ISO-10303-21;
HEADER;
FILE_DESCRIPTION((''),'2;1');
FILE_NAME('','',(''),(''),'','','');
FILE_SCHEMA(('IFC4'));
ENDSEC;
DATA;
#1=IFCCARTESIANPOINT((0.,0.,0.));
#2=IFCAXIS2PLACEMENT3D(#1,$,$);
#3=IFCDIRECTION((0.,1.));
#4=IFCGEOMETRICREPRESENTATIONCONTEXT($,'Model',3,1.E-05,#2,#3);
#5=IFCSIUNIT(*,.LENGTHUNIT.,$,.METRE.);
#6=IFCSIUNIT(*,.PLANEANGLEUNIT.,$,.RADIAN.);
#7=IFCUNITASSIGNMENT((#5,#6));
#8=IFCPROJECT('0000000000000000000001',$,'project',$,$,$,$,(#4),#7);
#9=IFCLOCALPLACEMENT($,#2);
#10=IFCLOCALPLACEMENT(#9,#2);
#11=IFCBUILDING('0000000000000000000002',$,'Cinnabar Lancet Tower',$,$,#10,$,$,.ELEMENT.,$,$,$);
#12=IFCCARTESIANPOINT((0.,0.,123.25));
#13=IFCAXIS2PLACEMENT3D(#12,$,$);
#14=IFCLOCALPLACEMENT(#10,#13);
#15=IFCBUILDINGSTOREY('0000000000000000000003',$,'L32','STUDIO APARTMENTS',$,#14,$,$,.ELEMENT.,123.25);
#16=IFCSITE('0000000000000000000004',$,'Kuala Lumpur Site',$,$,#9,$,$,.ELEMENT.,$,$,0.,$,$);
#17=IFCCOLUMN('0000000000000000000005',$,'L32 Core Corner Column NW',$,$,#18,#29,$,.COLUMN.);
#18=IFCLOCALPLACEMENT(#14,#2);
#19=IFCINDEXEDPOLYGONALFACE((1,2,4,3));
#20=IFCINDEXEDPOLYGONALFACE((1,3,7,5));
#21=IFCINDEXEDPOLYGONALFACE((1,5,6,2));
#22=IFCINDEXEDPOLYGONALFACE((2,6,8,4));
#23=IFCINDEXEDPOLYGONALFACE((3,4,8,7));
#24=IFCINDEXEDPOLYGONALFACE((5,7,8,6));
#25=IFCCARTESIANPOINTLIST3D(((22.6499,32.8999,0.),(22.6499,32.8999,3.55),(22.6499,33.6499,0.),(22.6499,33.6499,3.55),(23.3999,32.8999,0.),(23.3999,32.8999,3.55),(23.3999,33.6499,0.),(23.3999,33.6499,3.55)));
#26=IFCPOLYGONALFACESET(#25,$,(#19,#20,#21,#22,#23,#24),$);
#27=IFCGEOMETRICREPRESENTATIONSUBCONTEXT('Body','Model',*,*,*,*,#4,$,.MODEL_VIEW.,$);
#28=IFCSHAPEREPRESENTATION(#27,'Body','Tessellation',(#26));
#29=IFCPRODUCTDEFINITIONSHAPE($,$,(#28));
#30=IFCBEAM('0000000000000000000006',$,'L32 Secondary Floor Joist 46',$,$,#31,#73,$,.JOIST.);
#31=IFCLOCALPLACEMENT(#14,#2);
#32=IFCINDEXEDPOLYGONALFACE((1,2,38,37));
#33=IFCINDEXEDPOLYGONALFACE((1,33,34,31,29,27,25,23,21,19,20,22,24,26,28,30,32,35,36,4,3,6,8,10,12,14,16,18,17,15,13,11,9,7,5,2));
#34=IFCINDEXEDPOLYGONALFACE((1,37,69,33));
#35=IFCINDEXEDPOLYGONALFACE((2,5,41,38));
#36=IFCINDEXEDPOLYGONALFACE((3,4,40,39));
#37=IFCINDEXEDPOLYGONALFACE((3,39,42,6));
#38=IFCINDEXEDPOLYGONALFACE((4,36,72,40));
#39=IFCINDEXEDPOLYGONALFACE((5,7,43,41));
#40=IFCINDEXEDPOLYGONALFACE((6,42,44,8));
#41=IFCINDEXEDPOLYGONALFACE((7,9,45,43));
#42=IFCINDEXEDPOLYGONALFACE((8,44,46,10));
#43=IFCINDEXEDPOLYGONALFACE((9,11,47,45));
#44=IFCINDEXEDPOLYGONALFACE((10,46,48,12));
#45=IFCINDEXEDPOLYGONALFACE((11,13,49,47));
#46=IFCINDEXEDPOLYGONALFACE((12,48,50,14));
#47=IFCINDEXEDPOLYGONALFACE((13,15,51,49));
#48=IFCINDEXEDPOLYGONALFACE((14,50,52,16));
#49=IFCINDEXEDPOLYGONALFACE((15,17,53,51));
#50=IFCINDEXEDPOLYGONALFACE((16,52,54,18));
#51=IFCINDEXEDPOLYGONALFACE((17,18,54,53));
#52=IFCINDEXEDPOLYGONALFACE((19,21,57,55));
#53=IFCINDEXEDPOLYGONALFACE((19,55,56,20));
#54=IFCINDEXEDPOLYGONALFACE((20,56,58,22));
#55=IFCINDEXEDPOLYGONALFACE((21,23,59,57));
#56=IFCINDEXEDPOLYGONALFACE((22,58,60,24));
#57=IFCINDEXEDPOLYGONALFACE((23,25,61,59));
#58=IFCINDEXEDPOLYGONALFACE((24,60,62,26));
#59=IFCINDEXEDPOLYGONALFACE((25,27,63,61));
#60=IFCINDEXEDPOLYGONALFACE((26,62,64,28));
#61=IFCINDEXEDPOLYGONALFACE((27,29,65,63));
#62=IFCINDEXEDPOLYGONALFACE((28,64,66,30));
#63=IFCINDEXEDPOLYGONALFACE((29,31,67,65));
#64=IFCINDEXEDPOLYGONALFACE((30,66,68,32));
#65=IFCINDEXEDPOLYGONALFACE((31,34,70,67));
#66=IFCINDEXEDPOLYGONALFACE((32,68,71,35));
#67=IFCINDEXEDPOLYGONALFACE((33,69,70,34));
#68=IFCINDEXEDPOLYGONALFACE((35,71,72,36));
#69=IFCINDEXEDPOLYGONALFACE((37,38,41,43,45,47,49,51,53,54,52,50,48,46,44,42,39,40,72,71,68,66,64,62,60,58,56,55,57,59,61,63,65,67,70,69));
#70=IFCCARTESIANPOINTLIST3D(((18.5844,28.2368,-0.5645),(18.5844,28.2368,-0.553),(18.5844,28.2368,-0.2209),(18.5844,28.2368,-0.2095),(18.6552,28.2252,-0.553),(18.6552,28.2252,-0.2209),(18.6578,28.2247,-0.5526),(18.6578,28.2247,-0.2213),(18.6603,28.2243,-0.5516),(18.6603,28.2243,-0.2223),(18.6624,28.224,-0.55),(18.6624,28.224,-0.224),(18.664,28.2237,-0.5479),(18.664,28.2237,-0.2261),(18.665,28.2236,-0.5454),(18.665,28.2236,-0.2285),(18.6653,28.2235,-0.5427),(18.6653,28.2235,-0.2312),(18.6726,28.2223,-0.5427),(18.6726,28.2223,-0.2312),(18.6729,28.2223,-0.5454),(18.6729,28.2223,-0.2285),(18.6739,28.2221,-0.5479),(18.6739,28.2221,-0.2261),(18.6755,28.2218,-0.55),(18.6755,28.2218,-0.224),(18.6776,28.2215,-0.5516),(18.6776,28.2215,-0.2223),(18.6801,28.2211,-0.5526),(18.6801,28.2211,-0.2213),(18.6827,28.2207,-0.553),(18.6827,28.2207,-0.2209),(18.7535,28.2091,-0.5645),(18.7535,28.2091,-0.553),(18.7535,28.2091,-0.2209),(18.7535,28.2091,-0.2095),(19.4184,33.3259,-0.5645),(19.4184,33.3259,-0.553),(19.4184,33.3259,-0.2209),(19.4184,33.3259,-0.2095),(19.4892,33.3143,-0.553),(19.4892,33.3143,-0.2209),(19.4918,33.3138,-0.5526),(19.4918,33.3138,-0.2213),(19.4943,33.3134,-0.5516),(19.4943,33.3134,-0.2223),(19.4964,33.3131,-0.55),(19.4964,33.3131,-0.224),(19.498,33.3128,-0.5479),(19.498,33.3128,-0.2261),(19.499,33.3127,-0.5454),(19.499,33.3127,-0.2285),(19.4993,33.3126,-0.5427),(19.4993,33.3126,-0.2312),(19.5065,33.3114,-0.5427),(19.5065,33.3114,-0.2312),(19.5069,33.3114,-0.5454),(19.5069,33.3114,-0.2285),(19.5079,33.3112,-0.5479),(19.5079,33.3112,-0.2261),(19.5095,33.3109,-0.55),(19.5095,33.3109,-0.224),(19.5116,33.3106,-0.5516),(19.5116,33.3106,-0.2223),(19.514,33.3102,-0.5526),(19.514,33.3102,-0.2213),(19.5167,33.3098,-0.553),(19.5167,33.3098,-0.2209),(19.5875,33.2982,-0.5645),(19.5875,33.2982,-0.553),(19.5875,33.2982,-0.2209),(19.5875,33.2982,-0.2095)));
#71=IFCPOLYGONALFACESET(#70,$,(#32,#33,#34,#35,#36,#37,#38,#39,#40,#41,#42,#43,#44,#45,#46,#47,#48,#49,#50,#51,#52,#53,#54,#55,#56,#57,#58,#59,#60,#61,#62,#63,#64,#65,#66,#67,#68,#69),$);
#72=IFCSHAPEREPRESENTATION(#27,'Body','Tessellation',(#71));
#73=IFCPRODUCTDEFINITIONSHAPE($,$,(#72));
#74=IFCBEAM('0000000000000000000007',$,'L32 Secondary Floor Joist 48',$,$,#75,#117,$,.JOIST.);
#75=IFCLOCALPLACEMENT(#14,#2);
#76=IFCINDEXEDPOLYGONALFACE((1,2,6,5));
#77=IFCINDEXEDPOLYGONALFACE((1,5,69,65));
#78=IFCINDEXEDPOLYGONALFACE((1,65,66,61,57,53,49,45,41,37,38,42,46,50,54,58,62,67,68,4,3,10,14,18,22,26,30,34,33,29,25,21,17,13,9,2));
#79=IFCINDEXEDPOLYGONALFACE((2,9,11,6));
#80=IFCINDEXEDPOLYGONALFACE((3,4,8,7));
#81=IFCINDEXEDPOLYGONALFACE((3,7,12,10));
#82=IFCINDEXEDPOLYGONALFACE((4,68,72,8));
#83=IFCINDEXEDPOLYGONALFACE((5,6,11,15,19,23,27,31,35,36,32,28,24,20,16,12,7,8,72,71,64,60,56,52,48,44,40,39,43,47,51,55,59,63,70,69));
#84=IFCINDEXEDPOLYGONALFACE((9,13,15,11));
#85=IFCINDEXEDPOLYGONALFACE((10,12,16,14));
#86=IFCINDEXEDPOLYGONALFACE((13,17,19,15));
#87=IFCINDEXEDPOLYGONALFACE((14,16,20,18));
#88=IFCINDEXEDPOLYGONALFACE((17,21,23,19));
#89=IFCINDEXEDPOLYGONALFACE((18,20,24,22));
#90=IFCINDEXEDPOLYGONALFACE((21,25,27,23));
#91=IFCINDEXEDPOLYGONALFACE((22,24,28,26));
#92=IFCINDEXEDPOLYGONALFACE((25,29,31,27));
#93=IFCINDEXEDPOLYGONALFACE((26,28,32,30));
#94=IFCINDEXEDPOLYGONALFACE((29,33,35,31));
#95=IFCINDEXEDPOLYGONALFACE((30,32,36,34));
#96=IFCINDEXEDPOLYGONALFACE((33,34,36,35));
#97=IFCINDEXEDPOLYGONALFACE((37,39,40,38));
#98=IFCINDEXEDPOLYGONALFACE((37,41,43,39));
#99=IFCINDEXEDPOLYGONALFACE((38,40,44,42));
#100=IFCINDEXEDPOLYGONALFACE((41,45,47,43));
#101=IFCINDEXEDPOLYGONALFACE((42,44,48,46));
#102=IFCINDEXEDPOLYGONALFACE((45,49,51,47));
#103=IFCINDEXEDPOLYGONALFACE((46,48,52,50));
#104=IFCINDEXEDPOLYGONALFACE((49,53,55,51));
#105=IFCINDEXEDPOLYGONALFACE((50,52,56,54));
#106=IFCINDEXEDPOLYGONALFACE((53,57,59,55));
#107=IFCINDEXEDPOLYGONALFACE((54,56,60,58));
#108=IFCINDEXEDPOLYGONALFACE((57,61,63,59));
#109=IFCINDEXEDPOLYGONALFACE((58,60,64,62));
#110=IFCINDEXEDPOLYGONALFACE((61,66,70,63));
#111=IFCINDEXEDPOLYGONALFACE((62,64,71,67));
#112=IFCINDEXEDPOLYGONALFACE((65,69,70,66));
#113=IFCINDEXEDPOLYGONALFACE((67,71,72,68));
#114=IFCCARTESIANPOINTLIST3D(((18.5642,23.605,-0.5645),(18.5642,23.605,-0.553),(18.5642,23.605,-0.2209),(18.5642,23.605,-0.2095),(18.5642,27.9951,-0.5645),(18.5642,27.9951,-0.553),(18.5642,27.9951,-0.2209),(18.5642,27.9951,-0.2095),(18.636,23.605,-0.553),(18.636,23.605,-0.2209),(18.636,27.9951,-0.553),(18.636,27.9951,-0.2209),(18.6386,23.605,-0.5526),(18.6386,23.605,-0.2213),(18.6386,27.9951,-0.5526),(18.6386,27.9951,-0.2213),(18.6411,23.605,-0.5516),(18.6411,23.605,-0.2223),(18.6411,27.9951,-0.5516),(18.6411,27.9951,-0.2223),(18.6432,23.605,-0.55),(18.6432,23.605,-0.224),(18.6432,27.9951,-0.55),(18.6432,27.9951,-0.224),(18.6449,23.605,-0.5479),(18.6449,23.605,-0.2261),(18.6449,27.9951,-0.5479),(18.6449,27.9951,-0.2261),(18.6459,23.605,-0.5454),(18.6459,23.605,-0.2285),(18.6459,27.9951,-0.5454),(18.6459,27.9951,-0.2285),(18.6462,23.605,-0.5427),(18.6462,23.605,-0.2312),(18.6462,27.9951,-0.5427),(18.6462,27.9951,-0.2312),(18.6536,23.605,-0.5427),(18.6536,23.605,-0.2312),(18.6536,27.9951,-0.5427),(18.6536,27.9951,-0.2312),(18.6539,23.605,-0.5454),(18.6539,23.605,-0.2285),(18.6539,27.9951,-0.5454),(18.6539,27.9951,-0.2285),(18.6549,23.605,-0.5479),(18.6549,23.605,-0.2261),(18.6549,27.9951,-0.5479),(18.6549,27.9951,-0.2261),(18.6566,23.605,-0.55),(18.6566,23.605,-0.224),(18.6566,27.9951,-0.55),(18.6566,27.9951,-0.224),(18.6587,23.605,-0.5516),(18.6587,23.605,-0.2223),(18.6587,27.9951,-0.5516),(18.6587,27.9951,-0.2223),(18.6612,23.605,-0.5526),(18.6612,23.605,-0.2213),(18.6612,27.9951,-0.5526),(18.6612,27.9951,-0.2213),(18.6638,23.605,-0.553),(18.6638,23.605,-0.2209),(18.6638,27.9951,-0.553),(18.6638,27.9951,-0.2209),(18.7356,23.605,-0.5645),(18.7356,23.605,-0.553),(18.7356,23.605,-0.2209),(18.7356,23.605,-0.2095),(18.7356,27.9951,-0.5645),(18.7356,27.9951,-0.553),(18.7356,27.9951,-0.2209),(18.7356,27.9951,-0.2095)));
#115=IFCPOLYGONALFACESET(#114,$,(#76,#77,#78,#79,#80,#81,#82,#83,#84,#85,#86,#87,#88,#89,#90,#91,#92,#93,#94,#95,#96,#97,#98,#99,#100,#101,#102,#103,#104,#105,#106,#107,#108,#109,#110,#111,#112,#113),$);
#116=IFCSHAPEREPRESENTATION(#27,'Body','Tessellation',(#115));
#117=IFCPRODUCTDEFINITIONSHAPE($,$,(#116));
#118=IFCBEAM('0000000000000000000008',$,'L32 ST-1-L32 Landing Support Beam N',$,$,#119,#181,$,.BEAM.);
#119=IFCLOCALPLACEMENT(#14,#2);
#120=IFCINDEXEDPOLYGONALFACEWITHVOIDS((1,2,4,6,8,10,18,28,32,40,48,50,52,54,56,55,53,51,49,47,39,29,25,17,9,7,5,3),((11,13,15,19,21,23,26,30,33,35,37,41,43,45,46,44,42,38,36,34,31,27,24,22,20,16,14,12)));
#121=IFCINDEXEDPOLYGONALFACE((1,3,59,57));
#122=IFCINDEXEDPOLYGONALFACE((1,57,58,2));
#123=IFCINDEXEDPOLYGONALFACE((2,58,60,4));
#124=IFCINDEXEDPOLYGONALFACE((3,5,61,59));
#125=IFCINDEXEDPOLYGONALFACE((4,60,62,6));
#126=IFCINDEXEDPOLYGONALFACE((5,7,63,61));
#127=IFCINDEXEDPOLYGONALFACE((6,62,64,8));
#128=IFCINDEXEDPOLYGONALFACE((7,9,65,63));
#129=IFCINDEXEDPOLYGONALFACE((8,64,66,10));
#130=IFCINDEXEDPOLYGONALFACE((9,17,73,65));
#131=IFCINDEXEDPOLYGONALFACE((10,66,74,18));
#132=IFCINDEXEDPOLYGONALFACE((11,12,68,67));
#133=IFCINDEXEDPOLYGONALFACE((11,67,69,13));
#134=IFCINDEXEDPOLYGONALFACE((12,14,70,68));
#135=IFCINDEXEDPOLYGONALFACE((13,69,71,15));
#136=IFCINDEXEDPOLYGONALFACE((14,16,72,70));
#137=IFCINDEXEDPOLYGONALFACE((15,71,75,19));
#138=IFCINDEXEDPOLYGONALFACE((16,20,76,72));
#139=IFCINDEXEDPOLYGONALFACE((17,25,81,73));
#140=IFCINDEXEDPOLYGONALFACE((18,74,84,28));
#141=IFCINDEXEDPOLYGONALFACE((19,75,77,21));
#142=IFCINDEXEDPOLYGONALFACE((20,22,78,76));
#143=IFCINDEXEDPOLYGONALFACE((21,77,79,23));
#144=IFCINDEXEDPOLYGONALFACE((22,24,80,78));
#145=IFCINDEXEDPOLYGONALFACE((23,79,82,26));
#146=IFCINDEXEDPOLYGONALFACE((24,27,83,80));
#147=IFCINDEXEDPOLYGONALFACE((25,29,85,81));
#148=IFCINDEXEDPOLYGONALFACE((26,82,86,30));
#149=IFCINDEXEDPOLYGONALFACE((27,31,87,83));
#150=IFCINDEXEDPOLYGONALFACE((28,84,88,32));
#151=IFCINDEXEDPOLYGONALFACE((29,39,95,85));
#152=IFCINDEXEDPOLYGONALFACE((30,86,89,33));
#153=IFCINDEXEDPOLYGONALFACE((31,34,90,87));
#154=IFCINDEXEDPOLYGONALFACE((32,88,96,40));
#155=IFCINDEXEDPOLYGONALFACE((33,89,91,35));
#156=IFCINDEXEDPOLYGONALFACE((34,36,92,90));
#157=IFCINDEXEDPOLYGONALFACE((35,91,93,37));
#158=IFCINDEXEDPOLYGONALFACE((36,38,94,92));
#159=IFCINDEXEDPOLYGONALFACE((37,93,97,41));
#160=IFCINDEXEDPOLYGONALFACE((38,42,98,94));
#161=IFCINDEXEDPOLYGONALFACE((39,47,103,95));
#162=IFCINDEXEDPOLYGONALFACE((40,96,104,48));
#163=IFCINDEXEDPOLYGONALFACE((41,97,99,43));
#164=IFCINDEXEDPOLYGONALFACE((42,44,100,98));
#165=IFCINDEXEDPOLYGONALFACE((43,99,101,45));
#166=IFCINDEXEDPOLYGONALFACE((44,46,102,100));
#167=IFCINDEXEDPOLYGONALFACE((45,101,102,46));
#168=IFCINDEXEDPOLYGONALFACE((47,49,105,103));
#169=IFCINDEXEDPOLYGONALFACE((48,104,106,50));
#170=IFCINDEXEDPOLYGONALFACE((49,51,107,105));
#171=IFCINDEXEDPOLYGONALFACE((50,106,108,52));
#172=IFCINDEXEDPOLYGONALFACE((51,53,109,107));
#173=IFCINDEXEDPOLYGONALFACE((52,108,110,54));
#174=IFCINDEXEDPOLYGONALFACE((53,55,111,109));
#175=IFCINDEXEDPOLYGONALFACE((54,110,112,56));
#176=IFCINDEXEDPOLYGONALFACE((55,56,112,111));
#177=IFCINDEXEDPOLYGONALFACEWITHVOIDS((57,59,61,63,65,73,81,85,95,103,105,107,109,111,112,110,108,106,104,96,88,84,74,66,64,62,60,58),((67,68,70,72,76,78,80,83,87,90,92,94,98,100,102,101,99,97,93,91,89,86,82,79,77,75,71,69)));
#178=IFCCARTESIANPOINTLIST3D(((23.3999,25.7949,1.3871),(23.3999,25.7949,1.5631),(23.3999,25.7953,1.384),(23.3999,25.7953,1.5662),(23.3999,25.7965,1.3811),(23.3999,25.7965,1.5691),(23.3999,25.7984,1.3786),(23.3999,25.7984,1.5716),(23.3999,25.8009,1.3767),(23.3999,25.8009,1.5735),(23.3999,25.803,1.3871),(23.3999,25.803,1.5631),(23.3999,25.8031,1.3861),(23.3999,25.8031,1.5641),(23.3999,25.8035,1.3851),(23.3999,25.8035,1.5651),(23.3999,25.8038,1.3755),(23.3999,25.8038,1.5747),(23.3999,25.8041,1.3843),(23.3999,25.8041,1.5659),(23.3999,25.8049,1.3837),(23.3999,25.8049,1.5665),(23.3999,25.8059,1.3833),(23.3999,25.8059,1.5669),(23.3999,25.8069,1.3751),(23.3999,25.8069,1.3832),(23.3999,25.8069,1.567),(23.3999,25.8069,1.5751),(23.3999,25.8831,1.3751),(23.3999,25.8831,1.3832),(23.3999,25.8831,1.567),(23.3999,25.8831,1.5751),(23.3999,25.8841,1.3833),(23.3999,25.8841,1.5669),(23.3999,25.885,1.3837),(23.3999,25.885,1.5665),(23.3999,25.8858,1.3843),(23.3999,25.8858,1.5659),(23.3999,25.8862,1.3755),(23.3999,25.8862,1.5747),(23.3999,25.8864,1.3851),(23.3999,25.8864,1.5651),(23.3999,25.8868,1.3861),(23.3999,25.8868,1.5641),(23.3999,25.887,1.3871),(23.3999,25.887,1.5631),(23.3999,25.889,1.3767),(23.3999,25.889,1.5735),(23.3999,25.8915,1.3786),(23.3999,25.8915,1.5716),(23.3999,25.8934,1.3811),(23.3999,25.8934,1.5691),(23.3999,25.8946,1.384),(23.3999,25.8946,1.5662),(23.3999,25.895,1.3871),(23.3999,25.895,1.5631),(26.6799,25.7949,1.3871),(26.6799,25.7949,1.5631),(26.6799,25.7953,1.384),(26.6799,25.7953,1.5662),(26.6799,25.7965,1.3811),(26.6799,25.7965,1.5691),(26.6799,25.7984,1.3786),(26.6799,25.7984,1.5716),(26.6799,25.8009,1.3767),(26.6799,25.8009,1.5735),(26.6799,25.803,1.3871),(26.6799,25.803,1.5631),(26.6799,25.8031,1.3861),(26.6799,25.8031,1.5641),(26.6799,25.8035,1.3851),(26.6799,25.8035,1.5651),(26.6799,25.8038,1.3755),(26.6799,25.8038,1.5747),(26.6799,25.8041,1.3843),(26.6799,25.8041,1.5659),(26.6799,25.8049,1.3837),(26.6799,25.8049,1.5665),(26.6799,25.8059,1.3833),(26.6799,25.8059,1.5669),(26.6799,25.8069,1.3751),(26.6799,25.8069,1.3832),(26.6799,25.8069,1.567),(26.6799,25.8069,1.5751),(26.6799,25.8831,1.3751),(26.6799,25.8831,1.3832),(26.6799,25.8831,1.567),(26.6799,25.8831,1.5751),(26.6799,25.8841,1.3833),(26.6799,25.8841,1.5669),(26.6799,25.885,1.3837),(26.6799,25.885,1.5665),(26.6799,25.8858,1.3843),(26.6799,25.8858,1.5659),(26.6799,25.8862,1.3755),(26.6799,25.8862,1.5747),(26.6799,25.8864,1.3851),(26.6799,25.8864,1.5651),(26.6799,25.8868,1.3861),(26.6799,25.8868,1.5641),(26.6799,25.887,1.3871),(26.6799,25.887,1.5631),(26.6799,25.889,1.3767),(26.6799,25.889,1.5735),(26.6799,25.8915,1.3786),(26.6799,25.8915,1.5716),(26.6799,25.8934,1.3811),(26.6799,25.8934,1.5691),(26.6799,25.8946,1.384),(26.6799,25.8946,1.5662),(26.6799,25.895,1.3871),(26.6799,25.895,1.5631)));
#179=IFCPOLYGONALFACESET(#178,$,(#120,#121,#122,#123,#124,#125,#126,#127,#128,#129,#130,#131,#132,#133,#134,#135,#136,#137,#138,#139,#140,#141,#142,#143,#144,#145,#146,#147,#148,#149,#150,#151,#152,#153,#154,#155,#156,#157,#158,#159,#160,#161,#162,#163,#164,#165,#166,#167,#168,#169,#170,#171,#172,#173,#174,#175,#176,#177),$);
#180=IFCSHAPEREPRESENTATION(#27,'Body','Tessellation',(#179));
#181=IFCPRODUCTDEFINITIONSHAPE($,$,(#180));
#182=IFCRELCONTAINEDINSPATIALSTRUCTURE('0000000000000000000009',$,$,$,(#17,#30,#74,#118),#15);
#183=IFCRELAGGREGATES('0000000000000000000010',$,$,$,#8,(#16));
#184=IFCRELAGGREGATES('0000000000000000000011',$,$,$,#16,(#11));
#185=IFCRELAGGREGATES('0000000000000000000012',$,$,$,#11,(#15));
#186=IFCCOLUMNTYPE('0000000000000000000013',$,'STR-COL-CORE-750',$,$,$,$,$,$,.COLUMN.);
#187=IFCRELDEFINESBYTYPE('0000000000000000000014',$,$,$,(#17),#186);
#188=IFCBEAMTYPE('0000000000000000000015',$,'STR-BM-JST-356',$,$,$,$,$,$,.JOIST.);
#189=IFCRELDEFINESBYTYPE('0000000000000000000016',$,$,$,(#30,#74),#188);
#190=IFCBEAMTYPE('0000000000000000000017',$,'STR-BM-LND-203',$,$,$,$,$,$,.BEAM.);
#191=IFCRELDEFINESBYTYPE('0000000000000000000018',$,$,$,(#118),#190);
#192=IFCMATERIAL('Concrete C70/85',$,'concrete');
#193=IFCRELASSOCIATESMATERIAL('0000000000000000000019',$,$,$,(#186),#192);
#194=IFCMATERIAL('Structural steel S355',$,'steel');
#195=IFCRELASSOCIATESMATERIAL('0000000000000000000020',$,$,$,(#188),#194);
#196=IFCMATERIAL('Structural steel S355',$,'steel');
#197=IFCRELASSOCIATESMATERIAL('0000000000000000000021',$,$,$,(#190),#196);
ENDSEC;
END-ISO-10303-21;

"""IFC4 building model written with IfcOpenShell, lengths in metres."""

from ifc_helpers import new_model, si_unit, direction, frame, origin, origin_2d, place, context, subcontext, project, spatial, rectangle, hollow_rectangle, i_section, extrude, material, material_profile, profile_set, type_object, element, save


model = new_model("IFC4")

# Units and contexts
model_context = context("Model", 3, precision=1e-05, world=origin(), true_north=direction((0.0, 1.0)))
body_context = subcontext(model_context, "Body", "Model", "MODEL_VIEW")
ifc_project = project(units=[si_unit("LENGTHUNIT", "METRE"), si_unit("PLANEANGLEUNIT", "RADIAN")], contexts=[model_context])

# Site, building, storey
site_placement = place(None, origin())
site = spatial("IfcSite", under=ifc_project, at=site_placement, Name="Kuala Lumpur Site", CompositionType="ELEMENT", RefElevation=0.0)
building_placement = place(site_placement, origin())
building = spatial("IfcBuilding", under=site, at=building_placement, Name="Cinnabar Lancet Tower", CompositionType="ELEMENT")
storey_placement = place(building_placement, frame((0.0, 0.0, 123.25)))
storey = spatial("IfcBuildingStorey", under=building, at=storey_placement, Name="L32", Description="STUDIO APARTMENTS", CompositionType="ELEMENT", Elevation=123.25)

# Column
ifc_material_1 = material(Name="Concrete C70/85", Category="concrete")
ifc_material_profile_1 = material_profile(ifc_material_1, rectangle(XDim=0.75, YDim=0.75, at=origin_2d()), Name="RC-COL 750x750")
ifc_profile_set_1 = profile_set([ifc_material_profile_1], Name="Concrete C70/85")
column_type = type_object("IfcColumnType", Name="STR-COL-CORE-750", PredefinedType="COLUMN", material=ifc_profile_set_1)
column_placement = place(storey_placement, frame((23.0249, 33.2749, 0.0), z_axis=(0.0, 0.0, 1.0), x_axis=(1.0, 0.0, 0.0)))
element("IfcColumn", 1, at=column_placement, inside=storey, type_object=column_type, Name="L32 Core Corner Column NW", PredefinedType="COLUMN", context=body_context, shape_type="SweptSolid", body=[
    extrude(rectangle(XDim=0.75, YDim=0.75, at=origin_2d()), origin(), (0.0, 0.0, 1.0), 3.55),
])

# Beams
ifc_material_2 = material(Name="Structural steel S355", Category="steel")
ifc_material_profile_2 = material_profile(ifc_material_2, i_section(OverallWidth=0.1714, OverallDepth=0.355, WebThickness=0.0073, FlangeThickness=0.0115, FilletRadius=0.0103, at=origin_2d()), Name="UKB 356x171x51")
ifc_profile_set_2 = profile_set([ifc_material_profile_2], Name="Structural steel S355")
beam_type_1 = type_object("IfcBeamType", Name="STR-BM-JST-356", PredefinedType="JOIST", material=ifc_profile_set_2)
beam_1_placement = place(storey_placement, frame((19.5029, 33.312, -0.387), z_axis=(-0.161719, -0.986837, 0.0), x_axis=(0.986837, -0.161719, 0.0)))
element("IfcBeam", 2, at=beam_1_placement, inside=storey, type_object=beam_type_1, Name="L32 Secondary Floor Joist 46", PredefinedType="JOIST", context=body_context, shape_type="SweptSolid", body=[
    extrude(i_section(OverallWidth=0.1714, OverallDepth=0.355, WebThickness=0.0073, FlangeThickness=0.0115, FilletRadius=0.0103, at=origin_2d()), origin(), (0.0, 0.0, 1.0), 5.157),
])
beam_2_placement = place(storey_placement, frame((18.6499, 27.9951, -0.387), z_axis=(0.0, -1.0, 0.0), x_axis=(1.0, 0.0, 0.0)))
element("IfcBeam", 3, at=beam_2_placement, inside=storey, type_object=beam_type_1, Name="L32 Secondary Floor Joist 48", PredefinedType="JOIST", context=body_context, shape_type="SweptSolid", body=[
    extrude(i_section(OverallWidth=0.1714, OverallDepth=0.355, WebThickness=0.0073, FlangeThickness=0.0115, FilletRadius=0.0103, at=origin_2d()), origin(), (0.0, 0.0, 1.0), 4.3901),
])
ifc_material_3 = material(Name="Structural steel S355", Category="steel")
ifc_material_profile_3 = material_profile(ifc_material_3, hollow_rectangle(XDim=0.1001, YDim=0.2, WallThickness=0.0081, InnerFilletRadius=0.0039, OuterFilletRadius=0.012, at=origin_2d()), Name="RHS 200x100x8")
ifc_profile_set_3 = profile_set([ifc_material_profile_3], Name="Structural steel S355")
beam_type_2 = type_object("IfcBeamType", Name="STR-BM-LND-203", PredefinedType="BEAM", material=ifc_profile_set_3)
beam_3_placement = place(storey_placement, frame((23.3999, 25.845, 1.4751), z_axis=(1.0, 0.0, 0.0), x_axis=(0.0, 1.0, 0.0)))
element("IfcBeam", 4, at=beam_3_placement, inside=storey, type_object=beam_type_2, Name="L32 ST-1-L32 Landing Support Beam N", PredefinedType="BEAM", context=body_context, shape_type="SweptSolid", body=[
    extrude(hollow_rectangle(XDim=0.1001, YDim=0.2, WallThickness=0.0081, InnerFilletRadius=0.0039, OuterFilletRadius=0.012, at=origin_2d()), origin(), (0.0, 0.0, 1.0), 3.28),
])

save(model, "model.ifc")
